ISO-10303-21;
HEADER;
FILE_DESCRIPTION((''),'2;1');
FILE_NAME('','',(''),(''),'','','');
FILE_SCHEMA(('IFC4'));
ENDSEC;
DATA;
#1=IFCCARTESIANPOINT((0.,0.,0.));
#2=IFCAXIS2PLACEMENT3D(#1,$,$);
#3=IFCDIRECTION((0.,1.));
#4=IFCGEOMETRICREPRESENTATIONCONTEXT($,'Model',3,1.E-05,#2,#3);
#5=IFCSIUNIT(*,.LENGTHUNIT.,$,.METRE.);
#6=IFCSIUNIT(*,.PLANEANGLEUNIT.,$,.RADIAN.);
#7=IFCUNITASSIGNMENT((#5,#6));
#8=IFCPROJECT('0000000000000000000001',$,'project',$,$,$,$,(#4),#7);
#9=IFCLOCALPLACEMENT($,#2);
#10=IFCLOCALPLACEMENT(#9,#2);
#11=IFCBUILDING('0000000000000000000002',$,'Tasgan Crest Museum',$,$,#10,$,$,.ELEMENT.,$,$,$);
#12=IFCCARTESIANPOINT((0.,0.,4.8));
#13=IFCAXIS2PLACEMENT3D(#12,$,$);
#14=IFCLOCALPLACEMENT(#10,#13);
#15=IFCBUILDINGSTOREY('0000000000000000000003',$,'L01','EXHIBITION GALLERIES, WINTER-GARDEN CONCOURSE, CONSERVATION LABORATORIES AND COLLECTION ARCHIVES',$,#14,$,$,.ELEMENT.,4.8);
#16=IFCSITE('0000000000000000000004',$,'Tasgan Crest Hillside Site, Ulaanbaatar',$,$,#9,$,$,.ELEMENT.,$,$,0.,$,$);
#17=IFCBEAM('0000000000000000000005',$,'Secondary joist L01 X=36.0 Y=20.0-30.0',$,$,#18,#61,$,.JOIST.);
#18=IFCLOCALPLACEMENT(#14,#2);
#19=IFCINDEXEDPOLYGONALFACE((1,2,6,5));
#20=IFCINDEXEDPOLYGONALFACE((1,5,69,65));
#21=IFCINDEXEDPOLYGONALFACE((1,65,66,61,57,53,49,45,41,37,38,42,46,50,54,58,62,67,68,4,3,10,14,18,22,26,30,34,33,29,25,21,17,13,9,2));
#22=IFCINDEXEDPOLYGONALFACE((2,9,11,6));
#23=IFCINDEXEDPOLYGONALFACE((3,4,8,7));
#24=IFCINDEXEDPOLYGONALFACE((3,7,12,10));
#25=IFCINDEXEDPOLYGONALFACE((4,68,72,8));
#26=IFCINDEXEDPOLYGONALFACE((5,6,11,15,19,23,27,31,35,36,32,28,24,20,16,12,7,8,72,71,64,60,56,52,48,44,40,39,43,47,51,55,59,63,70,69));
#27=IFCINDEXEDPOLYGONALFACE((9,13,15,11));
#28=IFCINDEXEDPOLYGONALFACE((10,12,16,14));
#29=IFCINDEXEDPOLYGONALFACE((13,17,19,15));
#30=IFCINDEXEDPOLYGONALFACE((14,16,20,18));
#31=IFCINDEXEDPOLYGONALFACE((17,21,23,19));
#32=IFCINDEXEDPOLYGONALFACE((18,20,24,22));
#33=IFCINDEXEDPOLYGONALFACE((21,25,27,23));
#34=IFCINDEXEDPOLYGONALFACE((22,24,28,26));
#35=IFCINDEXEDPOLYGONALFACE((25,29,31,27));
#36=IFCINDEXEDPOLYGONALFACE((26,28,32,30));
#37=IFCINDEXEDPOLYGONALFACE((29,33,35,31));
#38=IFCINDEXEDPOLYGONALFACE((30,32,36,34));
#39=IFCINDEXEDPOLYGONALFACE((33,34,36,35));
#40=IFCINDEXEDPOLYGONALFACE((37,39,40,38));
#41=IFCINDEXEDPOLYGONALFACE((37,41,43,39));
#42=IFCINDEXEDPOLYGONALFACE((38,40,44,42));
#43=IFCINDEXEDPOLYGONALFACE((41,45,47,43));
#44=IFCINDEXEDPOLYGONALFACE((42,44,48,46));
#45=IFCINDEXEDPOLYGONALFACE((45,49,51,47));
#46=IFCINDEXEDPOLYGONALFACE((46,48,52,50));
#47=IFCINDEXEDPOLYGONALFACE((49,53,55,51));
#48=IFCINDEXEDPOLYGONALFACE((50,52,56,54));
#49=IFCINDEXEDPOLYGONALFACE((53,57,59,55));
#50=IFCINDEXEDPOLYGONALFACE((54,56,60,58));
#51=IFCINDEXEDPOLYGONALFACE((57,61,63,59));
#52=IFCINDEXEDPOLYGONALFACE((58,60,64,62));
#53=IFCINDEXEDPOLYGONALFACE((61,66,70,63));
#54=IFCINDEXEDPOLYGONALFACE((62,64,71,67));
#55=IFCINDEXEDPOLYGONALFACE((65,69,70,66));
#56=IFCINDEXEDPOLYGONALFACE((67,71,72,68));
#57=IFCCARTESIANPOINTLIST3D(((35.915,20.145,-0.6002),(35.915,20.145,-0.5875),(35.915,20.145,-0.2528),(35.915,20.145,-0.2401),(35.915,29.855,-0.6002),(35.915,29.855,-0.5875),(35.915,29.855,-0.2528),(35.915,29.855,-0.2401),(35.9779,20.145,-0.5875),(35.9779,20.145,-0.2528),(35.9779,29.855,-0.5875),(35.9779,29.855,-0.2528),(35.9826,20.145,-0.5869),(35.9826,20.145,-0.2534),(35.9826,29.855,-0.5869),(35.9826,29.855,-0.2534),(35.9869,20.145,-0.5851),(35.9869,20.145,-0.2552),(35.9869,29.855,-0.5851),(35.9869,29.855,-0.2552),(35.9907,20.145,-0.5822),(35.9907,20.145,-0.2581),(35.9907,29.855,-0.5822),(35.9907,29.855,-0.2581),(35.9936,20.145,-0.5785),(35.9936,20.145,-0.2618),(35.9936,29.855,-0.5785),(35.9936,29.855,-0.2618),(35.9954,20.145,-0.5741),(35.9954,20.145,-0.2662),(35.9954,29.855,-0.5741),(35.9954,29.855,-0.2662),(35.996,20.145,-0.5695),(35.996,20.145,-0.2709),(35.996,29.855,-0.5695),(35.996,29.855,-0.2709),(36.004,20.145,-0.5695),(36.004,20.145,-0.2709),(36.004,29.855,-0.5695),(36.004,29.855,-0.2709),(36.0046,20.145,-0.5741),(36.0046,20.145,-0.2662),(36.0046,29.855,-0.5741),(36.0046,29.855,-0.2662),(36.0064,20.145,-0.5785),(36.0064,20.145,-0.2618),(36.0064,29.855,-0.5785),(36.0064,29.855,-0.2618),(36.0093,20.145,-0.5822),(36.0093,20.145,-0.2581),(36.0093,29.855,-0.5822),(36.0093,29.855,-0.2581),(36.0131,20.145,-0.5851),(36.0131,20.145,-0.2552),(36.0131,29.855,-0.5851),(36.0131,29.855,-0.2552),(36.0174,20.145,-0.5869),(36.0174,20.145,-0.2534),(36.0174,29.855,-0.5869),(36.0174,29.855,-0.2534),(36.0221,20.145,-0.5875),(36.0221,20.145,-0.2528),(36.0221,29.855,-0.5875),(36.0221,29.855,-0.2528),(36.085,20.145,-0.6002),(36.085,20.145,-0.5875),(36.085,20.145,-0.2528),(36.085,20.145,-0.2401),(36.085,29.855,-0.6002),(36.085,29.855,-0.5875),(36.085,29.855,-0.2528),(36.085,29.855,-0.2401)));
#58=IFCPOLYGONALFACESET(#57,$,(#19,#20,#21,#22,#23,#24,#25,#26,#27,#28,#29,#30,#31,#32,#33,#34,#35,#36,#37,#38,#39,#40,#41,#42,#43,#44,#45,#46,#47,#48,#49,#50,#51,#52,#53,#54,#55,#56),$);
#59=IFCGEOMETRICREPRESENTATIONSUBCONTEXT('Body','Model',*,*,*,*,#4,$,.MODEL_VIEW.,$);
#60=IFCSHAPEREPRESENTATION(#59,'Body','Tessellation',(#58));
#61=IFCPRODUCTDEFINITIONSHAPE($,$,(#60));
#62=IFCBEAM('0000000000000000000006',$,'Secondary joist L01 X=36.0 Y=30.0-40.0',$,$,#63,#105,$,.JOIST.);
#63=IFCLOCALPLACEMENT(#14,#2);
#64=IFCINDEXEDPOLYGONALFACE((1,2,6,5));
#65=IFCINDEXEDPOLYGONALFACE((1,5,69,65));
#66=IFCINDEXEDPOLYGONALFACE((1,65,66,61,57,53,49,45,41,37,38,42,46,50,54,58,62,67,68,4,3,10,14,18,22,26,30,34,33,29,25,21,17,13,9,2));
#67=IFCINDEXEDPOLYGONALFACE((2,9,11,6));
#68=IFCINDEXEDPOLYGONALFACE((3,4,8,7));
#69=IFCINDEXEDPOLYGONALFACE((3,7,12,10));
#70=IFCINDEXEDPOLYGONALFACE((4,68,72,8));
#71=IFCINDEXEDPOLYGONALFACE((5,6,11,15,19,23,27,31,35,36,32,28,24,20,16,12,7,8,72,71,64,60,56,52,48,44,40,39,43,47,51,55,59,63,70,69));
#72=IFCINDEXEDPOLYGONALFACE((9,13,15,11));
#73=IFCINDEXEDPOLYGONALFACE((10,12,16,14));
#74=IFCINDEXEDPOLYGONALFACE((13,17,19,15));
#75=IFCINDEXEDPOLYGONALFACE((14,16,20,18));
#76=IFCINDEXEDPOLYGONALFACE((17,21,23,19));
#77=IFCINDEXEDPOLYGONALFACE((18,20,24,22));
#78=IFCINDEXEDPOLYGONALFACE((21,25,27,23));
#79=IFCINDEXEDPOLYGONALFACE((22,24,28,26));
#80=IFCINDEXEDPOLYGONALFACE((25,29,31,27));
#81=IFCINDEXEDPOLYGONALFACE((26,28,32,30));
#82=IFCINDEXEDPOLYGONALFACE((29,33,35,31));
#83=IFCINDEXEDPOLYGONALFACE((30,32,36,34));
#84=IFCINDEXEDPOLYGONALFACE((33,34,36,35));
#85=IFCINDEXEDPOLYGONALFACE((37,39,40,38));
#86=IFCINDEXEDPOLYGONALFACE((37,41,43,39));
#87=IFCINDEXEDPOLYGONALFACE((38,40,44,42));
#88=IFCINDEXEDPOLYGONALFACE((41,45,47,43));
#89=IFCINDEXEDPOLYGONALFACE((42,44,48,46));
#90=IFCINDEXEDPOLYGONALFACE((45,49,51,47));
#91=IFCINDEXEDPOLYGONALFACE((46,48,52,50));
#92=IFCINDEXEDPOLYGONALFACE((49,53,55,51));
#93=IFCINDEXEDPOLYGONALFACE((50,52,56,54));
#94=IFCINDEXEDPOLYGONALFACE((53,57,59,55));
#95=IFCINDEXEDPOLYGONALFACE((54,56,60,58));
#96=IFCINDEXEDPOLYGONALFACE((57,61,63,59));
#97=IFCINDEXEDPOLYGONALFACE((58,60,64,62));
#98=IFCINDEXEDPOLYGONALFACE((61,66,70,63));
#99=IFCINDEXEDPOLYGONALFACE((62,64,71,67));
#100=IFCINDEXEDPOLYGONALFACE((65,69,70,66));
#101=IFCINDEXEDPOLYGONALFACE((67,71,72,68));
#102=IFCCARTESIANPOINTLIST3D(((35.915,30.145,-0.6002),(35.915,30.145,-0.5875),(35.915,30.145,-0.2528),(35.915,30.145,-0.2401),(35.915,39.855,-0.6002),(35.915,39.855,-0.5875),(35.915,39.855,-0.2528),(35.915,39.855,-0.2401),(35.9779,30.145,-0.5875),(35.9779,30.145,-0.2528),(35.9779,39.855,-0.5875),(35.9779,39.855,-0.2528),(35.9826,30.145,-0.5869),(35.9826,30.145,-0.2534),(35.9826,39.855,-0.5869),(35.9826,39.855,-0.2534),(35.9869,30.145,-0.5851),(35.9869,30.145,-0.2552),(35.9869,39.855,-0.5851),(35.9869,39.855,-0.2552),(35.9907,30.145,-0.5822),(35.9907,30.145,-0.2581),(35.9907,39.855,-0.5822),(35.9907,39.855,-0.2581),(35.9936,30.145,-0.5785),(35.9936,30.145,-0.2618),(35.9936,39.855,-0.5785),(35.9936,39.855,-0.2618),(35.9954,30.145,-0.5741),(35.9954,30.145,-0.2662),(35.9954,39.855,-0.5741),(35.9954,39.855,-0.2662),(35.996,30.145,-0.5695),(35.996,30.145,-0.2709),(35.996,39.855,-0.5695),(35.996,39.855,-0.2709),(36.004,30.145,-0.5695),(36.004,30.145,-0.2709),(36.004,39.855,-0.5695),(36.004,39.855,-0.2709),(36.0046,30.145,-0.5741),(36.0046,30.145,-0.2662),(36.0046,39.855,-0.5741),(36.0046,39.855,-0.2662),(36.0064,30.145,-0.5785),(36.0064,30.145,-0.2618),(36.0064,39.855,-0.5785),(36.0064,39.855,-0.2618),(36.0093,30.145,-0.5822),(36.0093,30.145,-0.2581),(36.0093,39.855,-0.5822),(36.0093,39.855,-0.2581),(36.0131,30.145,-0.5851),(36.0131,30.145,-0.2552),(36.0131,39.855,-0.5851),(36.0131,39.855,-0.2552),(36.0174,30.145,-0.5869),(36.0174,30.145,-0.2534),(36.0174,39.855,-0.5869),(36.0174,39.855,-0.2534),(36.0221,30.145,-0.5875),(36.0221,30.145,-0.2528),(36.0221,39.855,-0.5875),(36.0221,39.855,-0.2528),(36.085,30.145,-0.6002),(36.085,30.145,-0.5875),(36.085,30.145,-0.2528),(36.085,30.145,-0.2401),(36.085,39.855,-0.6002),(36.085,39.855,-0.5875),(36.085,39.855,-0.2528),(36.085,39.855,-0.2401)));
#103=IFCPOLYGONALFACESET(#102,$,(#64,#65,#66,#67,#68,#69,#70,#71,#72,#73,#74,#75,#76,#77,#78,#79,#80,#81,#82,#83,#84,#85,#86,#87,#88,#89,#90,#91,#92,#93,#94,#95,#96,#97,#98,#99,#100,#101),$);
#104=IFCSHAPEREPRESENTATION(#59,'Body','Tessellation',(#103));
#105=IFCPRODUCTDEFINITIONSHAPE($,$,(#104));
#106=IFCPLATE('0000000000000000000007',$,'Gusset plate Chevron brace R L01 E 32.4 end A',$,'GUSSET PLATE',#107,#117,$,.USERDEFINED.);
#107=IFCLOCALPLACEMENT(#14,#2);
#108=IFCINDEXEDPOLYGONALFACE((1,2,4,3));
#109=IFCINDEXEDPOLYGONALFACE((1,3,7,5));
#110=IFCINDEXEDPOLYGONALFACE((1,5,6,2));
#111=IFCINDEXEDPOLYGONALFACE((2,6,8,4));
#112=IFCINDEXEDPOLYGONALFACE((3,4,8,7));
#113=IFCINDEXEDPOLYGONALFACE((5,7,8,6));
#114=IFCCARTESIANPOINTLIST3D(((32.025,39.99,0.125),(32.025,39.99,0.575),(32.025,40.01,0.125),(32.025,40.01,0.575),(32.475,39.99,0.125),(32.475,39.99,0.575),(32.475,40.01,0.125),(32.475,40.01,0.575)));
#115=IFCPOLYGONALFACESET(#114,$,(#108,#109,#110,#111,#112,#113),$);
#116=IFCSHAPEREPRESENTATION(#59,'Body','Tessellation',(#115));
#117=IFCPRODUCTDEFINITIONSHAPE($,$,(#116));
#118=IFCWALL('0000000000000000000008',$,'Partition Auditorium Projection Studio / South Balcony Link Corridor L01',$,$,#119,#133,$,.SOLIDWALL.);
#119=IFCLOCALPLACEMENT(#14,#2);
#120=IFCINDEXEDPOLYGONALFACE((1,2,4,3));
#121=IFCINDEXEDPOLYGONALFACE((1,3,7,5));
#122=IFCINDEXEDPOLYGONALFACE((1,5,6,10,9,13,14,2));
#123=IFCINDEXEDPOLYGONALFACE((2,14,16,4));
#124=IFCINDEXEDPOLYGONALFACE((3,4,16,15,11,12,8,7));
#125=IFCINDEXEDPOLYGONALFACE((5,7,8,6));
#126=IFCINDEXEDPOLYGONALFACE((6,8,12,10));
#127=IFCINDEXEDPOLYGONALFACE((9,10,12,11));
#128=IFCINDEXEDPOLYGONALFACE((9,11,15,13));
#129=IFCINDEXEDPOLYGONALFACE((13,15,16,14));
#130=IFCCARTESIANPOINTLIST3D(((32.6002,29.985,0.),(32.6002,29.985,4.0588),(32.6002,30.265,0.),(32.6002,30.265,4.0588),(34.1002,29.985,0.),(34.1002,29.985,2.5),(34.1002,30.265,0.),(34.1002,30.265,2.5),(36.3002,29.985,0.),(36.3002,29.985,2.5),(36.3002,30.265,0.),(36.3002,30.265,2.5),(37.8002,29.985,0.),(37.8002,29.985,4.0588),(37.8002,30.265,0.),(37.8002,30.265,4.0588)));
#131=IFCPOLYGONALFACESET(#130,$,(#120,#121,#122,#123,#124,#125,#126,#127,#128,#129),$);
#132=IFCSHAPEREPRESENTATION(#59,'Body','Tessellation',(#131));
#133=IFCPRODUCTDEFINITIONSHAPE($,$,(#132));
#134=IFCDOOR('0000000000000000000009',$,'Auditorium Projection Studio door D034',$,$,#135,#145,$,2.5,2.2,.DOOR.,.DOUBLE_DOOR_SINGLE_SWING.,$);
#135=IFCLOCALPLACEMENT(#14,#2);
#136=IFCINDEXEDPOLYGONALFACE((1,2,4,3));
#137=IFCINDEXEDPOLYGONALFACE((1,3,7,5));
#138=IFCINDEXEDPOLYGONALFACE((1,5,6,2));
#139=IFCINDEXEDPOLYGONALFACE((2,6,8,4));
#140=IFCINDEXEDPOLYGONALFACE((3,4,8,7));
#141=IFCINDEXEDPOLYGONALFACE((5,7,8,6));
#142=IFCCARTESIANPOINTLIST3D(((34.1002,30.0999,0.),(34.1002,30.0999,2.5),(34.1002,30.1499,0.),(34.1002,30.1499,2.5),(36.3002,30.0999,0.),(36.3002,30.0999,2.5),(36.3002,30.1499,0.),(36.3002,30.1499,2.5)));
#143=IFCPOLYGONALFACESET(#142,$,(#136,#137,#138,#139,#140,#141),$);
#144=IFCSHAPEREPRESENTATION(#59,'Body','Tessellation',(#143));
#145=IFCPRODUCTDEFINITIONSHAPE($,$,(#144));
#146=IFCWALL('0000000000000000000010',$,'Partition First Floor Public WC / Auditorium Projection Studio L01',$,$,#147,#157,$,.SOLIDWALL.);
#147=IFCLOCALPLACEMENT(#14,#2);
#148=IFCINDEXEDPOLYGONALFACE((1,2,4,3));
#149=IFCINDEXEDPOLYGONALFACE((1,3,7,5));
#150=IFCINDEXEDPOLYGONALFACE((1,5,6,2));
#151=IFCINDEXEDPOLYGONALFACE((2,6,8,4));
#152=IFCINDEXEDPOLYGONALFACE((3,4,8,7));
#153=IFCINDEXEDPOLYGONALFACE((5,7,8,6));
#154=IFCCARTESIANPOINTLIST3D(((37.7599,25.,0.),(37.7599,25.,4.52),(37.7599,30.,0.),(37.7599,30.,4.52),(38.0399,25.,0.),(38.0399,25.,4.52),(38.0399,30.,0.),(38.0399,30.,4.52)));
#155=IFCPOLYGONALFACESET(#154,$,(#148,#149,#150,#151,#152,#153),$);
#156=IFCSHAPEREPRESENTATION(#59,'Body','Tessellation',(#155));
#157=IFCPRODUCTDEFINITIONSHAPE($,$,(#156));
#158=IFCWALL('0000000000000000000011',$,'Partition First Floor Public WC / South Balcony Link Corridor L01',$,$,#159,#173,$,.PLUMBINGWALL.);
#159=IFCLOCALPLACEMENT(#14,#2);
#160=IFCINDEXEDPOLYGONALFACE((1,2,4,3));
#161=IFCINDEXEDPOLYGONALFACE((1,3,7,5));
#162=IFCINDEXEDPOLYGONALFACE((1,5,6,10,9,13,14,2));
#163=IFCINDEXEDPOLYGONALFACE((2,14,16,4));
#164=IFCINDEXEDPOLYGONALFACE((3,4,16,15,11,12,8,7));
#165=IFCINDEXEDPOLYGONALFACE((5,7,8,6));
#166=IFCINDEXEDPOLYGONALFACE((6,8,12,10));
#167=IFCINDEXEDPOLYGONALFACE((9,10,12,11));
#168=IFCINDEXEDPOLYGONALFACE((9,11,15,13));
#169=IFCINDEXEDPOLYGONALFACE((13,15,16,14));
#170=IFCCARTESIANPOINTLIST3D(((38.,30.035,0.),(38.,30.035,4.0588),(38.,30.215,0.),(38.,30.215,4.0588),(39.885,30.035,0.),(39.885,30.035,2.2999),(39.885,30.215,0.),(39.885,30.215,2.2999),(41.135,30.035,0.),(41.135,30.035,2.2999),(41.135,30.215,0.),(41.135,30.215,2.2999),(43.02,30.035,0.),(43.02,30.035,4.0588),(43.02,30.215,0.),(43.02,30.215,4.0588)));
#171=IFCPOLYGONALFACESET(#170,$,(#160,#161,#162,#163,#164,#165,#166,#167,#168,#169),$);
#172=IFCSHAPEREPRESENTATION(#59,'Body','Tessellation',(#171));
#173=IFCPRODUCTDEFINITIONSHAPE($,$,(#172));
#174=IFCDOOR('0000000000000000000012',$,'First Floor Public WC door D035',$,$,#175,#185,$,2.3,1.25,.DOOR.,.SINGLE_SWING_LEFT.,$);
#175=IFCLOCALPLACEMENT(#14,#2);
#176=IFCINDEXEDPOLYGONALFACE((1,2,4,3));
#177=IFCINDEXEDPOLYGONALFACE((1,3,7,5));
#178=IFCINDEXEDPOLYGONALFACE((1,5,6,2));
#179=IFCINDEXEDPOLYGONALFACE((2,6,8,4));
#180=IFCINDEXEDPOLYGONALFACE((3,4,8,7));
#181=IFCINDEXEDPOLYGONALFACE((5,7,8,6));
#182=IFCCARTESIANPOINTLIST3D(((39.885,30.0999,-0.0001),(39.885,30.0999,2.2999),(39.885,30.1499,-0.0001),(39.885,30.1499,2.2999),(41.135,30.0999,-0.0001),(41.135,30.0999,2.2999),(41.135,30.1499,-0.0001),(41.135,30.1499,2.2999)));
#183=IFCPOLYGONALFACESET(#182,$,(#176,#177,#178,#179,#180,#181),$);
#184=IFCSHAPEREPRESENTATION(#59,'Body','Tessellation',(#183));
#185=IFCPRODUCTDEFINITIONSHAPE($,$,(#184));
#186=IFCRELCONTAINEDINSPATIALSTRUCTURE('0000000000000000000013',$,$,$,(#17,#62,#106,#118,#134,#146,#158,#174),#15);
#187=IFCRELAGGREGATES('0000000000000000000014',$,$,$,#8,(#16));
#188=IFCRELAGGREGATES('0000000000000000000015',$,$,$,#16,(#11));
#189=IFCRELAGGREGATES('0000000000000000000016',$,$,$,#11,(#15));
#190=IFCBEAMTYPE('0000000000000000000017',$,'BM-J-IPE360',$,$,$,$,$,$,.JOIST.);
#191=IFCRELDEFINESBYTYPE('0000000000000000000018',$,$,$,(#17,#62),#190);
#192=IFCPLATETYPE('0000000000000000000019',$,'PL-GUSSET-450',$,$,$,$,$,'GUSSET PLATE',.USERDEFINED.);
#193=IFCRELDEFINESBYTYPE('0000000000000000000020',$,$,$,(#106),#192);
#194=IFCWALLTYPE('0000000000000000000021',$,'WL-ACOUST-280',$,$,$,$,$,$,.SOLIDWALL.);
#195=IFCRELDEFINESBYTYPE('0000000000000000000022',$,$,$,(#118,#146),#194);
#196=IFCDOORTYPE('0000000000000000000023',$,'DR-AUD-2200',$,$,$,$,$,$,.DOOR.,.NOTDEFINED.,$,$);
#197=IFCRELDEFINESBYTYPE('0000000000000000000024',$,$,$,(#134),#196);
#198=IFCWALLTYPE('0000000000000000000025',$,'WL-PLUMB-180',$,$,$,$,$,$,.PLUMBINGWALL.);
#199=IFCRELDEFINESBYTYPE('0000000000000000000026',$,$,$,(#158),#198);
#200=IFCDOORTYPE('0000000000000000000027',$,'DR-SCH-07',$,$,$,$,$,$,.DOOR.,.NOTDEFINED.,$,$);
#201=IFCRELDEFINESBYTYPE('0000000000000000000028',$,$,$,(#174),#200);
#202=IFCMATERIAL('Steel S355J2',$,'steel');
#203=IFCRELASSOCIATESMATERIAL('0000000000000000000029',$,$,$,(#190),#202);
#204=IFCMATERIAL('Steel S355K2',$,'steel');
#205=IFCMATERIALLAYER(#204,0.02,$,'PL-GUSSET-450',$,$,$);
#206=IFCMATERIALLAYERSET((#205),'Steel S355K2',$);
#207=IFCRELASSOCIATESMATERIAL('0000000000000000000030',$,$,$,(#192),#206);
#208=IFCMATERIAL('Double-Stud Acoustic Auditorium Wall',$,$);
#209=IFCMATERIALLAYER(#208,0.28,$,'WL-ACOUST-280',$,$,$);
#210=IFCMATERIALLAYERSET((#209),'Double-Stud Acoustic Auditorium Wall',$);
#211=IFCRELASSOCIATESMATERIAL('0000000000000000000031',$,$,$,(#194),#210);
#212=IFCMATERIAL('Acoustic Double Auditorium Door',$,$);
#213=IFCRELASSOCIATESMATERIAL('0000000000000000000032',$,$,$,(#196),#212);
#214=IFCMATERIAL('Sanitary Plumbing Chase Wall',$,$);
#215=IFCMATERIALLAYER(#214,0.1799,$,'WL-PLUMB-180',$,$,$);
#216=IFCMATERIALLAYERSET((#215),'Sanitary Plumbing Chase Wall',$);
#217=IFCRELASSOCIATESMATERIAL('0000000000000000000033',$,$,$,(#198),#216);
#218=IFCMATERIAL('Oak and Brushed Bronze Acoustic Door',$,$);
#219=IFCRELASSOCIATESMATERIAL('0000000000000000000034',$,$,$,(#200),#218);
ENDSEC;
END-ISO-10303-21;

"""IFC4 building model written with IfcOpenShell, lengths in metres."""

from ifc_helpers import new_model, si_unit, direction, frame, frame_2d, origin, origin_2d, place, context, subcontext, project, spatial, rectangle, i_section, extrude, material, layer, layer_set, material_profile, profile_set, type_object, element, fill, save


model = new_model("IFC4")

# Units and contexts
model_context = context("Model", 3, precision=1e-05, world=origin(), true_north=direction((0.0, 1.0)))
body_context = subcontext(model_context, "Body", "Model", "MODEL_VIEW")
ifc_project = project(units=[si_unit("LENGTHUNIT", "METRE"), si_unit("PLANEANGLEUNIT", "RADIAN")], contexts=[model_context])

# Site, building, storey
site_placement = place(None, origin())
site = spatial("IfcSite", under=ifc_project, at=site_placement, Name="Tasgan Crest Hillside Site, Ulaanbaatar", CompositionType="ELEMENT", RefElevation=0.0)
building_placement = place(site_placement, origin())
building = spatial("IfcBuilding", under=site, at=building_placement, Name="Tasgan Crest Museum", CompositionType="ELEMENT")
storey_placement = place(building_placement, frame((0.0, 0.0, 4.8)))
storey = spatial("IfcBuildingStorey", under=building, at=storey_placement, Name="L01", Description="EXHIBITION GALLERIES, WINTER-GARDEN CONCOURSE, CONSERVATION LABORATORIES AND COLLECTION ARCHIVES", CompositionType="ELEMENT", Elevation=4.8)

# Beams
ifc_material_1 = material(Name="Steel S355J2", Category="steel")
ifc_material_profile_1 = material_profile(ifc_material_1, i_section(OverallWidth=0.1699, OverallDepth=0.3601, WebThickness=0.0081, FlangeThickness=0.0127, FilletRadius=0.0181, at=origin_2d()), Name="IPE 360")
ifc_profile_set_1 = profile_set([ifc_material_profile_1], Name="Steel S355J2")
beam_type_1 = type_object("IfcBeamType", Name="BM-J-IPE360", PredefinedType="JOIST", material=ifc_profile_set_1)
for number, where, z_axis, x_axis, name in (
    (1, (36.0, 20.145, -0.4202), (0.0, 1.0, 0.0), (-1.0, 0.0, 0.0), "Secondary joist L01 X=36.0 Y=20.0-30.0"),
    (2, (36.0, 30.145, -0.4202), (0.0, 1.0, 0.0), (-1.0, 0.0, 0.0), "Secondary joist L01 X=36.0 Y=30.0-40.0"),
):
    element("IfcBeam", number, at=place(storey_placement, frame(where, z_axis=z_axis, x_axis=x_axis)), inside=storey, type_object=beam_type_1, Name=name, PredefinedType="JOIST", context=body_context, shape_type="SweptSolid", body=[
        extrude(i_section(OverallWidth=0.1699, OverallDepth=0.3601, WebThickness=0.0081, FlangeThickness=0.0127, FilletRadius=0.0181, at=origin_2d()), origin(), (0.0, 0.0, 1.0), 9.71),
    ])

# Plate
ifc_material_2 = material(Name="Steel S355K2", Category="steel")
ifc_layer_1 = layer(ifc_material_2, 0.02, Name="PL-GUSSET-450")
ifc_layer_set_1 = layer_set([ifc_layer_1], Name="Steel S355K2")
plate_type = type_object("IfcPlateType", Name="PL-GUSSET-450", ElementType="GUSSET PLATE", PredefinedType="USERDEFINED", material=ifc_layer_set_1)
plate_placement = place(storey_placement, frame((32.25, 40.0, 0.125), z_axis=(0.0, 0.0, 1.0), x_axis=(1.0, 0.0, 0.0)))
element("IfcPlate", 3, at=plate_placement, inside=storey, type_object=plate_type, Name="Gusset plate Chevron brace R L01 E 32.4 end A", ObjectType="GUSSET PLATE", PredefinedType="USERDEFINED", context=body_context, shape_type="SweptSolid", body=[
    extrude(rectangle(XDim=0.45, YDim=0.02, at=origin_2d()), origin(), (0.0, 0.0, 1.0), 0.45),
])

# Wall, opening, door
ifc_material_3 = material(Name="Double-Stud Acoustic Auditorium Wall")
ifc_layer_2 = layer(ifc_material_3, 0.28, Name="WL-ACOUST-280")
ifc_layer_set_2 = layer_set([ifc_layer_2], Name="Double-Stud Acoustic Auditorium Wall")
wall_type_1 = type_object("IfcWallType", Name="WL-ACOUST-280", PredefinedType="SOLIDWALL", material=ifc_layer_set_2)
wall_1_placement = place(storey_placement, frame((32.6001, 30.125, 0.0), z_axis=(0.0, 0.0, 1.0), x_axis=(1.0, 0.0, 0.0)))
wall_1 = element("IfcWall", 4, at=wall_1_placement, inside=storey, type_object=wall_type_1, Name="Partition Auditorium Projection Studio / South Balcony Link Corridor L01", PredefinedType="SOLIDWALL", context=body_context, shape_type="SweptSolid", body=[
    extrude(rectangle(XDim=5.2, YDim=0.28, at=frame_2d((2.6001, 0.0))), origin(), (0.0, 0.0, 1.0), 4.0588),
])
opening_1_placement = place(wall_1_placement, frame((1.5, 0.0, 0.0)))
opening_1 = element("IfcOpeningElement", 5, at=opening_1_placement, cuts=wall_1, PredefinedType="OPENING", context=body_context, shape_type="SweptSolid", body=[
    extrude(rectangle(XDim=2.2, YDim=2.5, at=frame_2d((1.1001, 1.25))), frame((0.0, 0.1499, 0.0), z_axis=(0.0, -1.0, 0.0), x_axis=(1.0, 0.0, 0.0)), (0.0, 0.0, 1.0), 0.3),
])
ifc_material_4 = material(Name="Acoustic Double Auditorium Door")
door_type_1 = type_object("IfcDoorType", Name="DR-AUD-2200", OperationType="NOTDEFINED", PredefinedType="DOOR", material=ifc_material_4)
door_1_placement = place(opening_1_placement, origin())
door_1 = element("IfcDoor", 6, at=door_1_placement, inside=storey, type_object=door_type_1, Name="Auditorium Projection Studio door D034", OperationType="DOUBLE_DOOR_SINGLE_SWING", OverallHeight=2.5, OverallWidth=2.2, PredefinedType="DOOR", context=body_context, shape_type="SweptSolid", body=[
    extrude(rectangle(XDim=2.2, YDim=2.5, at=frame_2d((1.1001, 1.25))), frame((0.0, 0.0249, 0.0), z_axis=(0.0, -1.0, 0.0), x_axis=(1.0, 0.0, 0.0)), (0.0, 0.0, 1.0), 0.05),
])
fill(opening_1, door_1)

# Wall
wall_2_placement = place(storey_placement, frame((37.8999, 25.0, 0.0), z_axis=(0.0, 0.0, 1.0), x_axis=(0.0, 1.0, 0.0)))
element("IfcWall", 7, at=wall_2_placement, inside=storey, type_object=wall_type_1, Name="Partition First Floor Public WC / Auditorium Projection Studio L01", PredefinedType="SOLIDWALL", context=body_context, shape_type="SweptSolid", body=[
    extrude(rectangle(XDim=5.0, YDim=0.28, at=frame_2d((2.5, 0.0))), origin(), (0.0, 0.0, 1.0), 4.52),
])

# Wall, opening, door
ifc_material_5 = material(Name="Sanitary Plumbing Chase Wall")
ifc_layer_3 = layer(ifc_material_5, 0.1799, Name="WL-PLUMB-180")
ifc_layer_set_3 = layer_set([ifc_layer_3], Name="Sanitary Plumbing Chase Wall")
wall_type_2 = type_object("IfcWallType", Name="WL-PLUMB-180", PredefinedType="PLUMBINGWALL", material=ifc_layer_set_3)
wall_3_placement = place(storey_placement, frame((38.0, 30.125, 0.0), z_axis=(0.0, 0.0, 1.0), x_axis=(1.0, 0.0, 0.0)))
wall_3 = element("IfcWall", 8, at=wall_3_placement, inside=storey, type_object=wall_type_2, Name="Partition First Floor Public WC / South Balcony Link Corridor L01", PredefinedType="PLUMBINGWALL", context=body_context, shape_type="SweptSolid", body=[
    extrude(rectangle(XDim=5.02, YDim=0.1799, at=frame_2d((2.51, 0.0))), origin(), (0.0, 0.0, 1.0), 4.0588),
])
opening_2_placement = place(wall_3_placement, frame((1.885, 0.0, 0.0)))
opening_2 = element("IfcOpeningElement", 9, at=opening_2_placement, cuts=wall_3, PredefinedType="OPENING", context=body_context, shape_type="SweptSolid", body=[
    extrude(rectangle(XDim=1.25, YDim=2.3, at=frame_2d((0.625, 1.1499))), frame((0.0, 0.0999, 0.0), z_axis=(0.0, -1.0, 0.0), x_axis=(1.0, 0.0, 0.0)), (0.0, 0.0, 1.0), 0.2),
])
ifc_material_6 = material(Name="Oak and Brushed Bronze Acoustic Door")
door_type_2 = type_object("IfcDoorType", Name="DR-SCH-07", OperationType="NOTDEFINED", PredefinedType="DOOR", material=ifc_material_6)
door_2_placement = place(opening_2_placement, origin())
door_2 = element("IfcDoor", 10, at=door_2_placement, inside=storey, type_object=door_type_2, Name="First Floor Public WC door D035", OperationType="SINGLE_SWING_LEFT", OverallHeight=2.3, OverallWidth=1.25, PredefinedType="DOOR", context=body_context, shape_type="SweptSolid", body=[
    extrude(rectangle(XDim=1.25, YDim=2.3, at=frame_2d((0.625, 1.1499))), frame((0.0, 0.0249, 0.0), z_axis=(0.0, -1.0, 0.0), x_axis=(1.0, 0.0, 0.0)), (0.0, 0.0, 1.0), 0.05),
])
fill(opening_2, door_2)

save(model, "model.ifc")
